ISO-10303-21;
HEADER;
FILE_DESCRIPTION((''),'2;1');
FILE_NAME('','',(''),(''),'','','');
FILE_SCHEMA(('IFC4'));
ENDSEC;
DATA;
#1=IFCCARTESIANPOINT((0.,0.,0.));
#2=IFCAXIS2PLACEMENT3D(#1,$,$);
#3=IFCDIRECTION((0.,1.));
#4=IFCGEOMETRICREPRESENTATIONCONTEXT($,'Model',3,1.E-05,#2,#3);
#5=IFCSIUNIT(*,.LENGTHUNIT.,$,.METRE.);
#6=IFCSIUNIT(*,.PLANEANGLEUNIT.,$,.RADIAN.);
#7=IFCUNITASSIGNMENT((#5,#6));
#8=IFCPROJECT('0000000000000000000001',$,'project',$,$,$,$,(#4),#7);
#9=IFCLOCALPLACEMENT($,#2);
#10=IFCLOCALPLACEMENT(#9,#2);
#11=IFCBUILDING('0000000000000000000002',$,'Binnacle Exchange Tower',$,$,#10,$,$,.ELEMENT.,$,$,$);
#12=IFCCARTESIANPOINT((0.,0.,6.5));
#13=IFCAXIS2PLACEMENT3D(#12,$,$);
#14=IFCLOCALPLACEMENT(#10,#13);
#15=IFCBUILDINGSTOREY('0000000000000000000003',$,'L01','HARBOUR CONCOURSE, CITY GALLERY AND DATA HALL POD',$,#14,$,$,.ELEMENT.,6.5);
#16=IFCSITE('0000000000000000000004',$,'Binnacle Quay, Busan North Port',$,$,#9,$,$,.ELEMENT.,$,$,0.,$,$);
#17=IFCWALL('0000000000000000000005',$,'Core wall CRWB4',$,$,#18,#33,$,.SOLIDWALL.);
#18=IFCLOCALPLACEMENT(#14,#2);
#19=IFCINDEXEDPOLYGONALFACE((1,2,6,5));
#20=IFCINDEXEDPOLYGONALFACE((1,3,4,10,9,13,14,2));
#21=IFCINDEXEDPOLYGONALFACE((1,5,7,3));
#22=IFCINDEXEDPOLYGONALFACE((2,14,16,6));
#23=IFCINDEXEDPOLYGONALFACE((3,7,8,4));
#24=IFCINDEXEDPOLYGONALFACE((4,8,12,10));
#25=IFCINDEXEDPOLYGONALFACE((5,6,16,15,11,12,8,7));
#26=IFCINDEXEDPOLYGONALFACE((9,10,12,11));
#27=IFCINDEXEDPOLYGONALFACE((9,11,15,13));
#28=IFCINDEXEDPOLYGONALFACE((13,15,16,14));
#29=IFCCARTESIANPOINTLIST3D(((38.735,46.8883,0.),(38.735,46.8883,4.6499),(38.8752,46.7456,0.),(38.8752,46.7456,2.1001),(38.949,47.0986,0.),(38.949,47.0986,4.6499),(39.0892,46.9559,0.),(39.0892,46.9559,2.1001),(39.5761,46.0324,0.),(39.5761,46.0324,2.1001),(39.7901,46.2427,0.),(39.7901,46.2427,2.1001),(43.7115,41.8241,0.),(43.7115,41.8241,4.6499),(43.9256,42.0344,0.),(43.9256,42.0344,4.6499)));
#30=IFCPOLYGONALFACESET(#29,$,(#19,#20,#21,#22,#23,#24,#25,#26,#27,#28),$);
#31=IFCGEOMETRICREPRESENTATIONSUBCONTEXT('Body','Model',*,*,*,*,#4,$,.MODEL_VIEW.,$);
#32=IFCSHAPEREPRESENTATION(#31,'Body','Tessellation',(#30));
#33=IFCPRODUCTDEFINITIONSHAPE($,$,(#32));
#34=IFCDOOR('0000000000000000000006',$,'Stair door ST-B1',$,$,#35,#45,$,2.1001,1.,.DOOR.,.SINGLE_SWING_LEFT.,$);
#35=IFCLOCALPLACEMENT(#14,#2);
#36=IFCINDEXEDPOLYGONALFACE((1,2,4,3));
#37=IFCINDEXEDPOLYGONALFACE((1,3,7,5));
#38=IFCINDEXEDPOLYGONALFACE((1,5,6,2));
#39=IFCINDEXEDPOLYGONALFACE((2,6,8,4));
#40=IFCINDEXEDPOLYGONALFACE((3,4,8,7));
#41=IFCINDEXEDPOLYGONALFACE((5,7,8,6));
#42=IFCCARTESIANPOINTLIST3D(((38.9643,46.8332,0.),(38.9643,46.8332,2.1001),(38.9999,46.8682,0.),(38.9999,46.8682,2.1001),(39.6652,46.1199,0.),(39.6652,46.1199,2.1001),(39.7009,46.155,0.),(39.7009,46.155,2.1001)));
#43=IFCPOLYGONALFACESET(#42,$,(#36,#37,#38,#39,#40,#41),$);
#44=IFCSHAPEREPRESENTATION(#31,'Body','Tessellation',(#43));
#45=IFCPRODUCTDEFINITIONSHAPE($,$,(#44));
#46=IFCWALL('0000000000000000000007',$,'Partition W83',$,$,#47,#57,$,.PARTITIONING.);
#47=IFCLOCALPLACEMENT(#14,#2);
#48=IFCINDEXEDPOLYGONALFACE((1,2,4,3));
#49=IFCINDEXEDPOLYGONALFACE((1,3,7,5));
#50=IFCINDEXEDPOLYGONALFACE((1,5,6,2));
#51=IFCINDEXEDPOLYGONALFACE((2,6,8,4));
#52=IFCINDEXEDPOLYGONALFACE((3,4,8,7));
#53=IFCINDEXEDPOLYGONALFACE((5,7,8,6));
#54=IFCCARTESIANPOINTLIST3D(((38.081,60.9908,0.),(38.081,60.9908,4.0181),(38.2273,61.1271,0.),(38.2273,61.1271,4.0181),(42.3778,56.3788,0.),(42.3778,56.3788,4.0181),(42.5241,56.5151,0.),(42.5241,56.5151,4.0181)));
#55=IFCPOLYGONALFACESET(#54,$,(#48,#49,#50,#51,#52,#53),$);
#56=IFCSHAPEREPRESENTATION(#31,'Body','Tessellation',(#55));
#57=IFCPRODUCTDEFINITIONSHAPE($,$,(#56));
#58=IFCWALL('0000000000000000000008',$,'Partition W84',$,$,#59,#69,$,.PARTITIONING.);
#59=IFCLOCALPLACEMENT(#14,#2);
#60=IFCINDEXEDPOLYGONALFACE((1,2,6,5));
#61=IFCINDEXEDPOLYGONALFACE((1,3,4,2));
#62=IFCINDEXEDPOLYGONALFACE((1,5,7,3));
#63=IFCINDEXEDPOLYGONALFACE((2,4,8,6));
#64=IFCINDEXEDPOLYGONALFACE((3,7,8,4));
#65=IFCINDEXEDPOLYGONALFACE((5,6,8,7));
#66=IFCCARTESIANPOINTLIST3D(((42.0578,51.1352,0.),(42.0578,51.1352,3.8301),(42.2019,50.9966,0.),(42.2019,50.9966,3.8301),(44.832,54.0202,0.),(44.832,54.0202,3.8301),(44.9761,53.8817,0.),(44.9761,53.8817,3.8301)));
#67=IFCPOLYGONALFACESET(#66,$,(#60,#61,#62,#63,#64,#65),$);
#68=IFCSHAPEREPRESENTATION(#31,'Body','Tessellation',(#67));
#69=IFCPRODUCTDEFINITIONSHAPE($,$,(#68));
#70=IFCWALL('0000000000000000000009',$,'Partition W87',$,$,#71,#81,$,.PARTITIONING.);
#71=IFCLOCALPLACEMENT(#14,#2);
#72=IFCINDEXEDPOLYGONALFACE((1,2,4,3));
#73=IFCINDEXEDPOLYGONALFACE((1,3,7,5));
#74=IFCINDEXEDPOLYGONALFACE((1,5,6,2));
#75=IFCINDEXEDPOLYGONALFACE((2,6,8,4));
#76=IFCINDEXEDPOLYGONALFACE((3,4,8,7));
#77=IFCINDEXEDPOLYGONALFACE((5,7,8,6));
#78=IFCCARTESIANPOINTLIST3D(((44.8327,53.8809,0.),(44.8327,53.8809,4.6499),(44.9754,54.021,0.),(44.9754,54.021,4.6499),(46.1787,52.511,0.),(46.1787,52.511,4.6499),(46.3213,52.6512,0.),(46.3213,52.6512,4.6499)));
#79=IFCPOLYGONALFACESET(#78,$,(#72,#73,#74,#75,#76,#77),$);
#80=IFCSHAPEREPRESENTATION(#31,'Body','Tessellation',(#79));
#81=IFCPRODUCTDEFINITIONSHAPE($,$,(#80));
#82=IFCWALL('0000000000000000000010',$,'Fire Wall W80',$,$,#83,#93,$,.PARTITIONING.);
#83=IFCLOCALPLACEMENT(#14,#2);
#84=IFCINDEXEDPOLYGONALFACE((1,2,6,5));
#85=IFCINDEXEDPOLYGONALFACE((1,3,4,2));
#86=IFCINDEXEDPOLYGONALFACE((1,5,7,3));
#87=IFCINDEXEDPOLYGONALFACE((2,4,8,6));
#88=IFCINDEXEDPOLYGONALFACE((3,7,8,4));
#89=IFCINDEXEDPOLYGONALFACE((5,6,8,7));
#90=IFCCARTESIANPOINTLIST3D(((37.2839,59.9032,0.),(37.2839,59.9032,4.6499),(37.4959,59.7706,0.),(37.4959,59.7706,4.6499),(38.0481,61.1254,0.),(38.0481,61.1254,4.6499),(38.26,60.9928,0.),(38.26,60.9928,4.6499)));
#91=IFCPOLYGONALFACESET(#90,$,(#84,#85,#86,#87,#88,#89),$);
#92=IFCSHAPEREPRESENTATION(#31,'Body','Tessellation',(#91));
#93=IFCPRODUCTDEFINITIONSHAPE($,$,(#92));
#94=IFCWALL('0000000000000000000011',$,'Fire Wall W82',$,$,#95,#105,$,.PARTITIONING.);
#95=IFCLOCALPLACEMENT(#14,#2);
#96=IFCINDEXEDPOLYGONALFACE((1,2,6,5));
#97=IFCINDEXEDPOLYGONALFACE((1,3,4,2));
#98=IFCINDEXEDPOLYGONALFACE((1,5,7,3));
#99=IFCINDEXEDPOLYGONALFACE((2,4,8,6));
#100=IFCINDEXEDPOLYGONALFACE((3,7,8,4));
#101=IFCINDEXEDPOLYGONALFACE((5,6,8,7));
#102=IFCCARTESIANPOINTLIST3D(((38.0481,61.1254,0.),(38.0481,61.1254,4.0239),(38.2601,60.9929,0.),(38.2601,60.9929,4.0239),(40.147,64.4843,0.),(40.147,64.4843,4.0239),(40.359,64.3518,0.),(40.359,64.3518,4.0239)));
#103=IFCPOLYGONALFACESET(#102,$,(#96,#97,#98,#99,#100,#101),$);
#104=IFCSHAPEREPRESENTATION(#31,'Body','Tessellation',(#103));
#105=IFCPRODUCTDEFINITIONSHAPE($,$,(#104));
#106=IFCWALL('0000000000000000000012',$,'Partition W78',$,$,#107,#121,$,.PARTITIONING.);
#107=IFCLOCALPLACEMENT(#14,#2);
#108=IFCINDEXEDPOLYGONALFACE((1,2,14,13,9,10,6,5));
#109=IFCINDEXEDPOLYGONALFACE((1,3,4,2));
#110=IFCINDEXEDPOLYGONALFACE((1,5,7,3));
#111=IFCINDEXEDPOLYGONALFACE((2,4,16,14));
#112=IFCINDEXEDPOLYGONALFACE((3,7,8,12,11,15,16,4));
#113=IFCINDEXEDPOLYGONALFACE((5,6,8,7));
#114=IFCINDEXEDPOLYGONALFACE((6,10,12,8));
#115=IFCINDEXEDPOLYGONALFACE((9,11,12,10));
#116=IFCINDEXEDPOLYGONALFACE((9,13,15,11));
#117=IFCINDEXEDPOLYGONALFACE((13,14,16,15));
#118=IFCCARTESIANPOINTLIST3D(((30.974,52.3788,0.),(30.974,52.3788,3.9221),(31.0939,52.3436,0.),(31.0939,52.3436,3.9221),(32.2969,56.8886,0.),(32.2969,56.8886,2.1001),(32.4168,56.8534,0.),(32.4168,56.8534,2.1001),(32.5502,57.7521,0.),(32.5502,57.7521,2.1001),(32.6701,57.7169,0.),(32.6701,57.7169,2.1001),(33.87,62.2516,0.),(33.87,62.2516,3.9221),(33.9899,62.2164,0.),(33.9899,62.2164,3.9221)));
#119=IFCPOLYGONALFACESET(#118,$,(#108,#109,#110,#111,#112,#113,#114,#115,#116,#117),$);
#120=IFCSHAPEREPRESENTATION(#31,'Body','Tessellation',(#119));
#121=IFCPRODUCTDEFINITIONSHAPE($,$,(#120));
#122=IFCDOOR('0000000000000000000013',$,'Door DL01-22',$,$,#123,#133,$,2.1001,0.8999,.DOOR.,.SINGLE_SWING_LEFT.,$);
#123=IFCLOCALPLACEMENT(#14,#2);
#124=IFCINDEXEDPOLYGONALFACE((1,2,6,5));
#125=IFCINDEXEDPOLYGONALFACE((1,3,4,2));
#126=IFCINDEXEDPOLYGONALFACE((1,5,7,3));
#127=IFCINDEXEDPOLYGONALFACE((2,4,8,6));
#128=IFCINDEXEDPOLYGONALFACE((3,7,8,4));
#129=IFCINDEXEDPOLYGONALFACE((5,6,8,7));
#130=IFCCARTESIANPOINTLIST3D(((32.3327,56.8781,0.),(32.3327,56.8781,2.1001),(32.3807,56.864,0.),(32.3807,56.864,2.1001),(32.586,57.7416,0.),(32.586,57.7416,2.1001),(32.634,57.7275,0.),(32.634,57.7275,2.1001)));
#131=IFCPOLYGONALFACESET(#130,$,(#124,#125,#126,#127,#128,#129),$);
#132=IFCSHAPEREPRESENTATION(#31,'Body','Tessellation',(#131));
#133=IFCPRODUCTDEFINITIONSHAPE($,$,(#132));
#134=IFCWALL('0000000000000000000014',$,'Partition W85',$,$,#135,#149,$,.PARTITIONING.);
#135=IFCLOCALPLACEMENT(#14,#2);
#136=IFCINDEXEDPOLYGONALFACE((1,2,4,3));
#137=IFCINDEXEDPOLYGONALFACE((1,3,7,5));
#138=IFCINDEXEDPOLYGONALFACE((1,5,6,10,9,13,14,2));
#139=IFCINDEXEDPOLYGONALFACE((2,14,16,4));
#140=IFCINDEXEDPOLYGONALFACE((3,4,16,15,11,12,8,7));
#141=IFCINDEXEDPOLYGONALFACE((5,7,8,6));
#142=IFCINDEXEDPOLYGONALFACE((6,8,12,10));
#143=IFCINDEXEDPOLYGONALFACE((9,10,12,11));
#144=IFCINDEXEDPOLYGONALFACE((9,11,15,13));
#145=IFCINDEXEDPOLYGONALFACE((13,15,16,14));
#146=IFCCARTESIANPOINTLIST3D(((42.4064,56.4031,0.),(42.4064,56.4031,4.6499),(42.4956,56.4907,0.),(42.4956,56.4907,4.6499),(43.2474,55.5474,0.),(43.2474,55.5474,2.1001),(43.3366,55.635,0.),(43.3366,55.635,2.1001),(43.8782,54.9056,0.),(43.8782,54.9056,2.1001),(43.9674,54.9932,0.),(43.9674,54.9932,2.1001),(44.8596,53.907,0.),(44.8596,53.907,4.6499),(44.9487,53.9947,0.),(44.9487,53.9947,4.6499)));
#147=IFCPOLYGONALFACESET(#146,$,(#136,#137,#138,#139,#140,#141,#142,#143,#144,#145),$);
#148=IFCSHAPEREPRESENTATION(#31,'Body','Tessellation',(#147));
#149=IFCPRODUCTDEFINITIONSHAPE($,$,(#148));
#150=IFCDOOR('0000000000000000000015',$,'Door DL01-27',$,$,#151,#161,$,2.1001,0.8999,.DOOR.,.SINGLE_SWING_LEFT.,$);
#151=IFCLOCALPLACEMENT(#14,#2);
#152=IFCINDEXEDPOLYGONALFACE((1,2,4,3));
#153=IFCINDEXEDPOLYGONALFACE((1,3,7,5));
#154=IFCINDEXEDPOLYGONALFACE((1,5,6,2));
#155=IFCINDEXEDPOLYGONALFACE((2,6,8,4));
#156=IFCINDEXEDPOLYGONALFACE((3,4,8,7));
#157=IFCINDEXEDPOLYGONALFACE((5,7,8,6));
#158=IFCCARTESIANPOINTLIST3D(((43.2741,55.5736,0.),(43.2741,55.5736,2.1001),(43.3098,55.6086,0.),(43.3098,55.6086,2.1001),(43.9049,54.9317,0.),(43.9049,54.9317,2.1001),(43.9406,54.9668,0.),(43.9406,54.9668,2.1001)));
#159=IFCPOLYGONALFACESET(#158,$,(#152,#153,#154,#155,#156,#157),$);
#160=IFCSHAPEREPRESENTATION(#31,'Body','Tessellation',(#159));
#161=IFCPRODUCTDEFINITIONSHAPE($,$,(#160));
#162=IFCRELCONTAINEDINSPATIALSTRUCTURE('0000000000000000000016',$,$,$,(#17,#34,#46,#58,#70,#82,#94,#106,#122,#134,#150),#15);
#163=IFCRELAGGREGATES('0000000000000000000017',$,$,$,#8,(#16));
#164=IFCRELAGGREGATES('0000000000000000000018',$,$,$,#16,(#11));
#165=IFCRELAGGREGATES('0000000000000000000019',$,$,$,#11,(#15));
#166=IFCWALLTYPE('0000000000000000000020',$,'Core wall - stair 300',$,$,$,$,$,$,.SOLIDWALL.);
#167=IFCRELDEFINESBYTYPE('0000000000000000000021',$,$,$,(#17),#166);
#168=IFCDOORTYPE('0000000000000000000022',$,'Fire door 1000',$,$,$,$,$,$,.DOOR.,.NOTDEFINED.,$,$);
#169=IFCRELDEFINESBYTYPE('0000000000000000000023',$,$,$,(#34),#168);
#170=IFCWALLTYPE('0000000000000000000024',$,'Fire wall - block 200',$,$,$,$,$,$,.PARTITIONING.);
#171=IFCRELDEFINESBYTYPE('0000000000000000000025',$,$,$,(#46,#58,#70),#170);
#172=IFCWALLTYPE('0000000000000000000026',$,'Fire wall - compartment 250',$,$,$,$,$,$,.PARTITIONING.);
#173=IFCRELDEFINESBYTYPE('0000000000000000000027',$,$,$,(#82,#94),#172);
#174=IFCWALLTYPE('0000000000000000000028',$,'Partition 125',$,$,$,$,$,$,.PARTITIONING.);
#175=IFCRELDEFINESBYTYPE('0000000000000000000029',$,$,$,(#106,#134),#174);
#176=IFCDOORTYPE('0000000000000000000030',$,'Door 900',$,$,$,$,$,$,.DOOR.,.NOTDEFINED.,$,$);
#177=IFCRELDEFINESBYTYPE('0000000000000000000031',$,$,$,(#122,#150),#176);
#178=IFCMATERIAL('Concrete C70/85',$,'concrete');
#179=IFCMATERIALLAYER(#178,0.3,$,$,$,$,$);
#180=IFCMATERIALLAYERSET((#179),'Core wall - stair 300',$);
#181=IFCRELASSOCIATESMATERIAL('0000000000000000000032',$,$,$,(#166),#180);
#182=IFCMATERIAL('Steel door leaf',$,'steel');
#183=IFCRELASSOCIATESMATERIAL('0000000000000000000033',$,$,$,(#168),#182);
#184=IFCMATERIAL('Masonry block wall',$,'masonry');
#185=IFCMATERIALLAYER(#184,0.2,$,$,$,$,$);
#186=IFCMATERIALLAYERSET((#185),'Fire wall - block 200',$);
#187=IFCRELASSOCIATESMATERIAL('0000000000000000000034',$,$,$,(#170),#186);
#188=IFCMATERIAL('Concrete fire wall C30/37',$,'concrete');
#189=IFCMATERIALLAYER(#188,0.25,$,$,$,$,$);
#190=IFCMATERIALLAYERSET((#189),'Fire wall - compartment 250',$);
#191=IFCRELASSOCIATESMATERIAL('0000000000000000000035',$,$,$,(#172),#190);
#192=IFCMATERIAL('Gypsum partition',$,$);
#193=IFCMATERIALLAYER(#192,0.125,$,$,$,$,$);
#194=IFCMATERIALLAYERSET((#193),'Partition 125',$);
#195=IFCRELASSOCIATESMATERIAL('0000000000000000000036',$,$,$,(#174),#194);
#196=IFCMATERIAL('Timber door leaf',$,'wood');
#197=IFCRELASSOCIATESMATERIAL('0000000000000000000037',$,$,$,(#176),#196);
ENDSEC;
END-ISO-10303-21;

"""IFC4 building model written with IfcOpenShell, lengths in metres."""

from ifc_helpers import new_model, si_unit, direction, frame, frame_2d, origin, place, context, subcontext, project, spatial, rectangle, extrude, material, layer, layer_set, type_object, element, fill, save


model = new_model("IFC4")

# Units and contexts
model_context = context("Model", 3, precision=1e-05, world=origin(), true_north=direction((0.0, 1.0)))
body_context = subcontext(model_context, "Body", "Model", "MODEL_VIEW")
ifc_project = project(units=[si_unit("LENGTHUNIT", "METRE"), si_unit("PLANEANGLEUNIT", "RADIAN")], contexts=[model_context])

# Site, building, storey
site_placement = place(None, origin())
site = spatial("IfcSite", under=ifc_project, at=site_placement, Name="Binnacle Quay, Busan North Port", CompositionType="ELEMENT", RefElevation=0.0)
building_placement = place(site_placement, origin())
building = spatial("IfcBuilding", under=site, at=building_placement, Name="Binnacle Exchange Tower", CompositionType="ELEMENT")
storey_placement = place(building_placement, frame((0.0, 0.0, 6.5)))
storey = spatial("IfcBuildingStorey", under=building, at=storey_placement, Name="L01", Description="HARBOUR CONCOURSE, CITY GALLERY AND DATA HALL POD", CompositionType="ELEMENT", Elevation=6.5)

# Shared definitions
ifc_material_1 = material(Name="Concrete C70/85", Category="concrete")

# Wall, opening, door
ifc_layer_1 = layer(ifc_material_1, 0.3)
ifc_layer_set_1 = layer_set([ifc_layer_1], Name="Core wall - stair 300")
wall_type_1 = type_object("IfcWallType", Name="Core wall - stair 300", PredefinedType="SOLIDWALL", material=ifc_layer_set_1)
wall_1_placement = place(storey_placement, frame((38.842, 46.9934, 0.0), z_axis=(0.0, 0.0, 1.0), x_axis=(0.700908, -0.713252, 0.0)))
wall_1 = element("IfcWall", 1, at=wall_1_placement, inside=storey, type_object=wall_type_1, Name="Core wall CRWB4", PredefinedType="SOLIDWALL", context=body_context, shape_type="SweptSolid", body=[
    extrude(rectangle(XDim=7.1001, YDim=0.3, at=frame_2d((3.55, 0.0))), origin(), (0.0, 0.0, 1.0), 4.6499),
])
opening_1_placement = place(wall_1_placement, frame((0.2, 0.0, 0.0)))
opening_1 = element("IfcOpeningElement", 2, at=opening_1_placement, cuts=wall_1, PredefinedType="OPENING", context=body_context, shape_type="SweptSolid", body=[
    extrude(rectangle(XDim=1.0, YDim=2.1001, at=frame_2d((0.5, 1.05))), frame((0.0, 0.1599, 0.0), z_axis=(0.0, -1.0, 0.0), x_axis=(1.0, 0.0, 0.0)), (0.0, 0.0, 1.0), 0.3201),
])
ifc_material_2 = material(Name="Steel door leaf", Category="steel")
door_type_1 = type_object("IfcDoorType", Name="Fire door 1000", OperationType="NOTDEFINED", PredefinedType="DOOR", material=ifc_material_2)
door_1_placement = place(opening_1_placement, origin())
door_1 = element("IfcDoor", 3, at=door_1_placement, inside=storey, type_object=door_type_1, Name="Stair door ST-B1", OperationType="SINGLE_SWING_LEFT", OverallHeight=2.1001, OverallWidth=1.0, PredefinedType="DOOR", context=body_context, shape_type="SweptSolid", body=[
    extrude(rectangle(XDim=1.0, YDim=2.1001, at=frame_2d((0.5, 1.05))), frame((0.0, 0.0249, 0.0), z_axis=(0.0, -1.0, 0.0), x_axis=(1.0, 0.0, 0.0)), (0.0, 0.0, 1.0), 0.05),
])
fill(opening_1, door_1)

# Walls
ifc_material_3 = material(Name="Masonry block wall", Category="masonry")
ifc_layer_2 = layer(ifc_material_3, 0.2)
ifc_layer_set_2 = layer_set([ifc_layer_2], Name="Fire wall - block 200")
wall_type_2 = type_object("IfcWallType", Name="Fire wall - block 200", PredefinedType="PARTITIONING", material=ifc_layer_set_2)
wall_2_placement = place(storey_placement, frame((38.1541, 61.0591, 0.0), z_axis=(0.0, 0.0, 1.0), x_axis=(0.681664, -0.731665, 0.0)))
element("IfcWall", 4, at=wall_2_placement, inside=storey, type_object=wall_type_2, Name="Partition W83", PredefinedType="PARTITIONING", context=body_context, shape_type="SweptSolid", body=[
    extrude(rectangle(XDim=6.3035, YDim=0.2, at=frame_2d((3.1519, 0.0))), origin(), (0.0, 0.0, 1.0), 4.0181),
])
wall_3_placement = place(storey_placement, frame((42.1299, 51.0659, 0.0), z_axis=(0.0, 0.0, 1.0), x_axis=(0.693125, 0.720818, 0.0)))
element("IfcWall", 5, at=wall_3_placement, inside=storey, type_object=wall_type_2, Name="Partition W84", PredefinedType="PARTITIONING", context=body_context, shape_type="SweptSolid", body=[
    extrude(rectangle(XDim=4.0024, YDim=0.2, at=frame_2d((2.0012, 0.0))), origin(), (0.0, 0.0, 1.0), 3.8301),
])
wall_4_placement = place(storey_placement, frame((44.9041, 53.9509, 0.0), z_axis=(0.0, 0.0, 1.0), x_axis=(0.70085, -0.713309, 0.0)))
element("IfcWall", 6, at=wall_4_placement, inside=storey, type_object=wall_type_2, Name="Partition W87", PredefinedType="PARTITIONING", context=body_context, shape_type="SweptSolid", body=[
    extrude(rectangle(XDim=1.9204, YDim=0.2, at=frame_2d((0.9602, 0.0))), origin(), (0.0, 0.0, 1.0), 4.6499),
])
ifc_material_4 = material(Name="Concrete fire wall C30/37", Category="concrete")
ifc_layer_3 = layer(ifc_material_4, 0.25)
ifc_layer_set_3 = layer_set([ifc_layer_3], Name="Fire wall - compartment 250")
wall_type_3 = type_object("IfcWallType", Name="Fire wall - compartment 250", PredefinedType="PARTITIONING", material=ifc_layer_set_3)
wall_5_placement = place(storey_placement, frame((37.3899, 59.8369, 0.0), z_axis=(0.0, 0.0, 1.0), x_axis=(0.530151, 0.847903, 0.0)))
element("IfcWall", 7, at=wall_5_placement, inside=storey, type_object=wall_type_3, Name="Fire Wall W80", PredefinedType="PARTITIONING", context=body_context, shape_type="SweptSolid", body=[
    extrude(rectangle(XDim=1.4414, YDim=0.25, at=frame_2d((0.7207, 0.0))), origin(), (0.0, 0.0, 1.0), 4.6499),
])
wall_6_placement = place(storey_placement, frame((38.1541, 61.0591, 0.0), z_axis=(0.0, 0.0, 1.0), x_axis=(0.529921, 0.848047, 0.0)))
element("IfcWall", 8, at=wall_6_placement, inside=storey, type_object=wall_type_3, Name="Fire Wall W82", PredefinedType="PARTITIONING", context=body_context, shape_type="SweptSolid", body=[
    extrude(rectangle(XDim=3.9607, YDim=0.25, at=frame_2d((1.9805, 0.0))), origin(), (0.0, 0.0, 1.0), 4.0239),
])

# Walls, openings, doors
ifc_material_5 = material(Name="Gypsum partition")
ifc_layer_4 = layer(ifc_material_5, 0.125)
ifc_layer_set_4 = layer_set([ifc_layer_4], Name="Partition 125")
wall_type_4 = type_object("IfcWallType", Name="Partition 125", PredefinedType="PARTITIONING", material=ifc_layer_set_4)
wall_7_placement = place(storey_placement, frame((31.0339, 52.3611, 0.0), z_axis=(0.0, 0.0, 1.0), x_axis=(0.281471, 0.95957, 0.0)))
wall_7 = element("IfcWall", 9, at=wall_7_placement, inside=storey, type_object=wall_type_4, Name="Partition W78", PredefinedType="PARTITIONING", context=body_context, shape_type="SweptSolid", body=[
    extrude(rectangle(XDim=10.2888, YDim=0.125, at=frame_2d((5.1445, 0.0))), origin(), (0.0, 0.0, 1.0), 3.9221),
])
opening_2_placement = place(wall_7_placement, frame((4.7, 0.0, 0.0)))
opening_2 = element("IfcOpeningElement", 10, at=opening_2_placement, cuts=wall_7, PredefinedType="OPENING", context=body_context, shape_type="SweptSolid", body=[
    extrude(rectangle(XDim=0.8999, YDim=2.1001, at=frame_2d((0.45, 1.05))), frame((0.0, 0.0725, 0.0), z_axis=(0.0, -1.0, 0.0), x_axis=(1.0, 0.0, 0.0)), (0.0, 0.0, 1.0), 0.145),
])
ifc_material_6 = material(Name="Timber door leaf", Category="wood")
door_type_2 = type_object("IfcDoorType", Name="Door 900", OperationType="NOTDEFINED", PredefinedType="DOOR", material=ifc_material_6)
door_2_placement = place(opening_2_placement, frame((0.8999, 0.0, 0.0), z_axis=(0.0, 0.0, 1.0), x_axis=(-1.0, 0.0, 0.0)))
door_2 = element("IfcDoor", 11, at=door_2_placement, inside=storey, type_object=door_type_2, Name="Door DL01-22", OperationType="SINGLE_SWING_LEFT", OverallHeight=2.1001, OverallWidth=0.8999, PredefinedType="DOOR", context=body_context, shape_type="SweptSolid", body=[
    extrude(rectangle(XDim=0.8999, YDim=2.1001, at=frame_2d((0.45, 1.05))), frame((0.0, 0.0249, 0.0), z_axis=(0.0, -1.0, 0.0), x_axis=(1.0, 0.0, 0.0)), (0.0, 0.0, 1.0), 0.05),
])
fill(opening_2, door_2)
wall_8_placement = place(storey_placement, frame((42.4509, 56.447, 0.0), z_axis=(0.0, 0.0, 1.0), x_axis=(0.700941, -0.713219, 0.0)))
wall_8 = element("IfcWall", 12, at=wall_8_placement, inside=storey, type_object=wall_type_4, Name="Partition W85", PredefinedType="PARTITIONING", context=body_context, shape_type="SweptSolid", body=[
    extrude(rectangle(XDim=3.4998, YDim=0.125, at=frame_2d((1.75, 0.0))), origin(), (0.0, 0.0, 1.0), 4.6499),
])
opening_3_placement = place(wall_8_placement, frame((1.2, 0.0, 0.0)))
opening_3 = element("IfcOpeningElement", 13, at=opening_3_placement, cuts=wall_8, PredefinedType="OPENING", context=body_context, shape_type="SweptSolid", body=[
    extrude(rectangle(XDim=0.8999, YDim=2.1001, at=frame_2d((0.45, 1.05))), frame((0.0, 0.0725, 0.0), z_axis=(0.0, -1.0, 0.0), x_axis=(1.0, 0.0, 0.0)), (0.0, 0.0, 1.0), 0.145),
])
door_3_placement = place(opening_3_placement, origin())
door_3 = element("IfcDoor", 14, at=door_3_placement, inside=storey, type_object=door_type_2, Name="Door DL01-27", OperationType="SINGLE_SWING_LEFT", OverallHeight=2.1001, OverallWidth=0.8999, PredefinedType="DOOR", context=body_context, shape_type="SweptSolid", body=[
    extrude(rectangle(XDim=0.8999, YDim=2.1001, at=frame_2d((0.45, 1.05))), frame((0.0, 0.0249, 0.0), z_axis=(0.0, -1.0, 0.0), x_axis=(1.0, 0.0, 0.0)), (0.0, 0.0, 1.0), 0.05),
])
fill(opening_3, door_3)

save(model, "model.ifc")
